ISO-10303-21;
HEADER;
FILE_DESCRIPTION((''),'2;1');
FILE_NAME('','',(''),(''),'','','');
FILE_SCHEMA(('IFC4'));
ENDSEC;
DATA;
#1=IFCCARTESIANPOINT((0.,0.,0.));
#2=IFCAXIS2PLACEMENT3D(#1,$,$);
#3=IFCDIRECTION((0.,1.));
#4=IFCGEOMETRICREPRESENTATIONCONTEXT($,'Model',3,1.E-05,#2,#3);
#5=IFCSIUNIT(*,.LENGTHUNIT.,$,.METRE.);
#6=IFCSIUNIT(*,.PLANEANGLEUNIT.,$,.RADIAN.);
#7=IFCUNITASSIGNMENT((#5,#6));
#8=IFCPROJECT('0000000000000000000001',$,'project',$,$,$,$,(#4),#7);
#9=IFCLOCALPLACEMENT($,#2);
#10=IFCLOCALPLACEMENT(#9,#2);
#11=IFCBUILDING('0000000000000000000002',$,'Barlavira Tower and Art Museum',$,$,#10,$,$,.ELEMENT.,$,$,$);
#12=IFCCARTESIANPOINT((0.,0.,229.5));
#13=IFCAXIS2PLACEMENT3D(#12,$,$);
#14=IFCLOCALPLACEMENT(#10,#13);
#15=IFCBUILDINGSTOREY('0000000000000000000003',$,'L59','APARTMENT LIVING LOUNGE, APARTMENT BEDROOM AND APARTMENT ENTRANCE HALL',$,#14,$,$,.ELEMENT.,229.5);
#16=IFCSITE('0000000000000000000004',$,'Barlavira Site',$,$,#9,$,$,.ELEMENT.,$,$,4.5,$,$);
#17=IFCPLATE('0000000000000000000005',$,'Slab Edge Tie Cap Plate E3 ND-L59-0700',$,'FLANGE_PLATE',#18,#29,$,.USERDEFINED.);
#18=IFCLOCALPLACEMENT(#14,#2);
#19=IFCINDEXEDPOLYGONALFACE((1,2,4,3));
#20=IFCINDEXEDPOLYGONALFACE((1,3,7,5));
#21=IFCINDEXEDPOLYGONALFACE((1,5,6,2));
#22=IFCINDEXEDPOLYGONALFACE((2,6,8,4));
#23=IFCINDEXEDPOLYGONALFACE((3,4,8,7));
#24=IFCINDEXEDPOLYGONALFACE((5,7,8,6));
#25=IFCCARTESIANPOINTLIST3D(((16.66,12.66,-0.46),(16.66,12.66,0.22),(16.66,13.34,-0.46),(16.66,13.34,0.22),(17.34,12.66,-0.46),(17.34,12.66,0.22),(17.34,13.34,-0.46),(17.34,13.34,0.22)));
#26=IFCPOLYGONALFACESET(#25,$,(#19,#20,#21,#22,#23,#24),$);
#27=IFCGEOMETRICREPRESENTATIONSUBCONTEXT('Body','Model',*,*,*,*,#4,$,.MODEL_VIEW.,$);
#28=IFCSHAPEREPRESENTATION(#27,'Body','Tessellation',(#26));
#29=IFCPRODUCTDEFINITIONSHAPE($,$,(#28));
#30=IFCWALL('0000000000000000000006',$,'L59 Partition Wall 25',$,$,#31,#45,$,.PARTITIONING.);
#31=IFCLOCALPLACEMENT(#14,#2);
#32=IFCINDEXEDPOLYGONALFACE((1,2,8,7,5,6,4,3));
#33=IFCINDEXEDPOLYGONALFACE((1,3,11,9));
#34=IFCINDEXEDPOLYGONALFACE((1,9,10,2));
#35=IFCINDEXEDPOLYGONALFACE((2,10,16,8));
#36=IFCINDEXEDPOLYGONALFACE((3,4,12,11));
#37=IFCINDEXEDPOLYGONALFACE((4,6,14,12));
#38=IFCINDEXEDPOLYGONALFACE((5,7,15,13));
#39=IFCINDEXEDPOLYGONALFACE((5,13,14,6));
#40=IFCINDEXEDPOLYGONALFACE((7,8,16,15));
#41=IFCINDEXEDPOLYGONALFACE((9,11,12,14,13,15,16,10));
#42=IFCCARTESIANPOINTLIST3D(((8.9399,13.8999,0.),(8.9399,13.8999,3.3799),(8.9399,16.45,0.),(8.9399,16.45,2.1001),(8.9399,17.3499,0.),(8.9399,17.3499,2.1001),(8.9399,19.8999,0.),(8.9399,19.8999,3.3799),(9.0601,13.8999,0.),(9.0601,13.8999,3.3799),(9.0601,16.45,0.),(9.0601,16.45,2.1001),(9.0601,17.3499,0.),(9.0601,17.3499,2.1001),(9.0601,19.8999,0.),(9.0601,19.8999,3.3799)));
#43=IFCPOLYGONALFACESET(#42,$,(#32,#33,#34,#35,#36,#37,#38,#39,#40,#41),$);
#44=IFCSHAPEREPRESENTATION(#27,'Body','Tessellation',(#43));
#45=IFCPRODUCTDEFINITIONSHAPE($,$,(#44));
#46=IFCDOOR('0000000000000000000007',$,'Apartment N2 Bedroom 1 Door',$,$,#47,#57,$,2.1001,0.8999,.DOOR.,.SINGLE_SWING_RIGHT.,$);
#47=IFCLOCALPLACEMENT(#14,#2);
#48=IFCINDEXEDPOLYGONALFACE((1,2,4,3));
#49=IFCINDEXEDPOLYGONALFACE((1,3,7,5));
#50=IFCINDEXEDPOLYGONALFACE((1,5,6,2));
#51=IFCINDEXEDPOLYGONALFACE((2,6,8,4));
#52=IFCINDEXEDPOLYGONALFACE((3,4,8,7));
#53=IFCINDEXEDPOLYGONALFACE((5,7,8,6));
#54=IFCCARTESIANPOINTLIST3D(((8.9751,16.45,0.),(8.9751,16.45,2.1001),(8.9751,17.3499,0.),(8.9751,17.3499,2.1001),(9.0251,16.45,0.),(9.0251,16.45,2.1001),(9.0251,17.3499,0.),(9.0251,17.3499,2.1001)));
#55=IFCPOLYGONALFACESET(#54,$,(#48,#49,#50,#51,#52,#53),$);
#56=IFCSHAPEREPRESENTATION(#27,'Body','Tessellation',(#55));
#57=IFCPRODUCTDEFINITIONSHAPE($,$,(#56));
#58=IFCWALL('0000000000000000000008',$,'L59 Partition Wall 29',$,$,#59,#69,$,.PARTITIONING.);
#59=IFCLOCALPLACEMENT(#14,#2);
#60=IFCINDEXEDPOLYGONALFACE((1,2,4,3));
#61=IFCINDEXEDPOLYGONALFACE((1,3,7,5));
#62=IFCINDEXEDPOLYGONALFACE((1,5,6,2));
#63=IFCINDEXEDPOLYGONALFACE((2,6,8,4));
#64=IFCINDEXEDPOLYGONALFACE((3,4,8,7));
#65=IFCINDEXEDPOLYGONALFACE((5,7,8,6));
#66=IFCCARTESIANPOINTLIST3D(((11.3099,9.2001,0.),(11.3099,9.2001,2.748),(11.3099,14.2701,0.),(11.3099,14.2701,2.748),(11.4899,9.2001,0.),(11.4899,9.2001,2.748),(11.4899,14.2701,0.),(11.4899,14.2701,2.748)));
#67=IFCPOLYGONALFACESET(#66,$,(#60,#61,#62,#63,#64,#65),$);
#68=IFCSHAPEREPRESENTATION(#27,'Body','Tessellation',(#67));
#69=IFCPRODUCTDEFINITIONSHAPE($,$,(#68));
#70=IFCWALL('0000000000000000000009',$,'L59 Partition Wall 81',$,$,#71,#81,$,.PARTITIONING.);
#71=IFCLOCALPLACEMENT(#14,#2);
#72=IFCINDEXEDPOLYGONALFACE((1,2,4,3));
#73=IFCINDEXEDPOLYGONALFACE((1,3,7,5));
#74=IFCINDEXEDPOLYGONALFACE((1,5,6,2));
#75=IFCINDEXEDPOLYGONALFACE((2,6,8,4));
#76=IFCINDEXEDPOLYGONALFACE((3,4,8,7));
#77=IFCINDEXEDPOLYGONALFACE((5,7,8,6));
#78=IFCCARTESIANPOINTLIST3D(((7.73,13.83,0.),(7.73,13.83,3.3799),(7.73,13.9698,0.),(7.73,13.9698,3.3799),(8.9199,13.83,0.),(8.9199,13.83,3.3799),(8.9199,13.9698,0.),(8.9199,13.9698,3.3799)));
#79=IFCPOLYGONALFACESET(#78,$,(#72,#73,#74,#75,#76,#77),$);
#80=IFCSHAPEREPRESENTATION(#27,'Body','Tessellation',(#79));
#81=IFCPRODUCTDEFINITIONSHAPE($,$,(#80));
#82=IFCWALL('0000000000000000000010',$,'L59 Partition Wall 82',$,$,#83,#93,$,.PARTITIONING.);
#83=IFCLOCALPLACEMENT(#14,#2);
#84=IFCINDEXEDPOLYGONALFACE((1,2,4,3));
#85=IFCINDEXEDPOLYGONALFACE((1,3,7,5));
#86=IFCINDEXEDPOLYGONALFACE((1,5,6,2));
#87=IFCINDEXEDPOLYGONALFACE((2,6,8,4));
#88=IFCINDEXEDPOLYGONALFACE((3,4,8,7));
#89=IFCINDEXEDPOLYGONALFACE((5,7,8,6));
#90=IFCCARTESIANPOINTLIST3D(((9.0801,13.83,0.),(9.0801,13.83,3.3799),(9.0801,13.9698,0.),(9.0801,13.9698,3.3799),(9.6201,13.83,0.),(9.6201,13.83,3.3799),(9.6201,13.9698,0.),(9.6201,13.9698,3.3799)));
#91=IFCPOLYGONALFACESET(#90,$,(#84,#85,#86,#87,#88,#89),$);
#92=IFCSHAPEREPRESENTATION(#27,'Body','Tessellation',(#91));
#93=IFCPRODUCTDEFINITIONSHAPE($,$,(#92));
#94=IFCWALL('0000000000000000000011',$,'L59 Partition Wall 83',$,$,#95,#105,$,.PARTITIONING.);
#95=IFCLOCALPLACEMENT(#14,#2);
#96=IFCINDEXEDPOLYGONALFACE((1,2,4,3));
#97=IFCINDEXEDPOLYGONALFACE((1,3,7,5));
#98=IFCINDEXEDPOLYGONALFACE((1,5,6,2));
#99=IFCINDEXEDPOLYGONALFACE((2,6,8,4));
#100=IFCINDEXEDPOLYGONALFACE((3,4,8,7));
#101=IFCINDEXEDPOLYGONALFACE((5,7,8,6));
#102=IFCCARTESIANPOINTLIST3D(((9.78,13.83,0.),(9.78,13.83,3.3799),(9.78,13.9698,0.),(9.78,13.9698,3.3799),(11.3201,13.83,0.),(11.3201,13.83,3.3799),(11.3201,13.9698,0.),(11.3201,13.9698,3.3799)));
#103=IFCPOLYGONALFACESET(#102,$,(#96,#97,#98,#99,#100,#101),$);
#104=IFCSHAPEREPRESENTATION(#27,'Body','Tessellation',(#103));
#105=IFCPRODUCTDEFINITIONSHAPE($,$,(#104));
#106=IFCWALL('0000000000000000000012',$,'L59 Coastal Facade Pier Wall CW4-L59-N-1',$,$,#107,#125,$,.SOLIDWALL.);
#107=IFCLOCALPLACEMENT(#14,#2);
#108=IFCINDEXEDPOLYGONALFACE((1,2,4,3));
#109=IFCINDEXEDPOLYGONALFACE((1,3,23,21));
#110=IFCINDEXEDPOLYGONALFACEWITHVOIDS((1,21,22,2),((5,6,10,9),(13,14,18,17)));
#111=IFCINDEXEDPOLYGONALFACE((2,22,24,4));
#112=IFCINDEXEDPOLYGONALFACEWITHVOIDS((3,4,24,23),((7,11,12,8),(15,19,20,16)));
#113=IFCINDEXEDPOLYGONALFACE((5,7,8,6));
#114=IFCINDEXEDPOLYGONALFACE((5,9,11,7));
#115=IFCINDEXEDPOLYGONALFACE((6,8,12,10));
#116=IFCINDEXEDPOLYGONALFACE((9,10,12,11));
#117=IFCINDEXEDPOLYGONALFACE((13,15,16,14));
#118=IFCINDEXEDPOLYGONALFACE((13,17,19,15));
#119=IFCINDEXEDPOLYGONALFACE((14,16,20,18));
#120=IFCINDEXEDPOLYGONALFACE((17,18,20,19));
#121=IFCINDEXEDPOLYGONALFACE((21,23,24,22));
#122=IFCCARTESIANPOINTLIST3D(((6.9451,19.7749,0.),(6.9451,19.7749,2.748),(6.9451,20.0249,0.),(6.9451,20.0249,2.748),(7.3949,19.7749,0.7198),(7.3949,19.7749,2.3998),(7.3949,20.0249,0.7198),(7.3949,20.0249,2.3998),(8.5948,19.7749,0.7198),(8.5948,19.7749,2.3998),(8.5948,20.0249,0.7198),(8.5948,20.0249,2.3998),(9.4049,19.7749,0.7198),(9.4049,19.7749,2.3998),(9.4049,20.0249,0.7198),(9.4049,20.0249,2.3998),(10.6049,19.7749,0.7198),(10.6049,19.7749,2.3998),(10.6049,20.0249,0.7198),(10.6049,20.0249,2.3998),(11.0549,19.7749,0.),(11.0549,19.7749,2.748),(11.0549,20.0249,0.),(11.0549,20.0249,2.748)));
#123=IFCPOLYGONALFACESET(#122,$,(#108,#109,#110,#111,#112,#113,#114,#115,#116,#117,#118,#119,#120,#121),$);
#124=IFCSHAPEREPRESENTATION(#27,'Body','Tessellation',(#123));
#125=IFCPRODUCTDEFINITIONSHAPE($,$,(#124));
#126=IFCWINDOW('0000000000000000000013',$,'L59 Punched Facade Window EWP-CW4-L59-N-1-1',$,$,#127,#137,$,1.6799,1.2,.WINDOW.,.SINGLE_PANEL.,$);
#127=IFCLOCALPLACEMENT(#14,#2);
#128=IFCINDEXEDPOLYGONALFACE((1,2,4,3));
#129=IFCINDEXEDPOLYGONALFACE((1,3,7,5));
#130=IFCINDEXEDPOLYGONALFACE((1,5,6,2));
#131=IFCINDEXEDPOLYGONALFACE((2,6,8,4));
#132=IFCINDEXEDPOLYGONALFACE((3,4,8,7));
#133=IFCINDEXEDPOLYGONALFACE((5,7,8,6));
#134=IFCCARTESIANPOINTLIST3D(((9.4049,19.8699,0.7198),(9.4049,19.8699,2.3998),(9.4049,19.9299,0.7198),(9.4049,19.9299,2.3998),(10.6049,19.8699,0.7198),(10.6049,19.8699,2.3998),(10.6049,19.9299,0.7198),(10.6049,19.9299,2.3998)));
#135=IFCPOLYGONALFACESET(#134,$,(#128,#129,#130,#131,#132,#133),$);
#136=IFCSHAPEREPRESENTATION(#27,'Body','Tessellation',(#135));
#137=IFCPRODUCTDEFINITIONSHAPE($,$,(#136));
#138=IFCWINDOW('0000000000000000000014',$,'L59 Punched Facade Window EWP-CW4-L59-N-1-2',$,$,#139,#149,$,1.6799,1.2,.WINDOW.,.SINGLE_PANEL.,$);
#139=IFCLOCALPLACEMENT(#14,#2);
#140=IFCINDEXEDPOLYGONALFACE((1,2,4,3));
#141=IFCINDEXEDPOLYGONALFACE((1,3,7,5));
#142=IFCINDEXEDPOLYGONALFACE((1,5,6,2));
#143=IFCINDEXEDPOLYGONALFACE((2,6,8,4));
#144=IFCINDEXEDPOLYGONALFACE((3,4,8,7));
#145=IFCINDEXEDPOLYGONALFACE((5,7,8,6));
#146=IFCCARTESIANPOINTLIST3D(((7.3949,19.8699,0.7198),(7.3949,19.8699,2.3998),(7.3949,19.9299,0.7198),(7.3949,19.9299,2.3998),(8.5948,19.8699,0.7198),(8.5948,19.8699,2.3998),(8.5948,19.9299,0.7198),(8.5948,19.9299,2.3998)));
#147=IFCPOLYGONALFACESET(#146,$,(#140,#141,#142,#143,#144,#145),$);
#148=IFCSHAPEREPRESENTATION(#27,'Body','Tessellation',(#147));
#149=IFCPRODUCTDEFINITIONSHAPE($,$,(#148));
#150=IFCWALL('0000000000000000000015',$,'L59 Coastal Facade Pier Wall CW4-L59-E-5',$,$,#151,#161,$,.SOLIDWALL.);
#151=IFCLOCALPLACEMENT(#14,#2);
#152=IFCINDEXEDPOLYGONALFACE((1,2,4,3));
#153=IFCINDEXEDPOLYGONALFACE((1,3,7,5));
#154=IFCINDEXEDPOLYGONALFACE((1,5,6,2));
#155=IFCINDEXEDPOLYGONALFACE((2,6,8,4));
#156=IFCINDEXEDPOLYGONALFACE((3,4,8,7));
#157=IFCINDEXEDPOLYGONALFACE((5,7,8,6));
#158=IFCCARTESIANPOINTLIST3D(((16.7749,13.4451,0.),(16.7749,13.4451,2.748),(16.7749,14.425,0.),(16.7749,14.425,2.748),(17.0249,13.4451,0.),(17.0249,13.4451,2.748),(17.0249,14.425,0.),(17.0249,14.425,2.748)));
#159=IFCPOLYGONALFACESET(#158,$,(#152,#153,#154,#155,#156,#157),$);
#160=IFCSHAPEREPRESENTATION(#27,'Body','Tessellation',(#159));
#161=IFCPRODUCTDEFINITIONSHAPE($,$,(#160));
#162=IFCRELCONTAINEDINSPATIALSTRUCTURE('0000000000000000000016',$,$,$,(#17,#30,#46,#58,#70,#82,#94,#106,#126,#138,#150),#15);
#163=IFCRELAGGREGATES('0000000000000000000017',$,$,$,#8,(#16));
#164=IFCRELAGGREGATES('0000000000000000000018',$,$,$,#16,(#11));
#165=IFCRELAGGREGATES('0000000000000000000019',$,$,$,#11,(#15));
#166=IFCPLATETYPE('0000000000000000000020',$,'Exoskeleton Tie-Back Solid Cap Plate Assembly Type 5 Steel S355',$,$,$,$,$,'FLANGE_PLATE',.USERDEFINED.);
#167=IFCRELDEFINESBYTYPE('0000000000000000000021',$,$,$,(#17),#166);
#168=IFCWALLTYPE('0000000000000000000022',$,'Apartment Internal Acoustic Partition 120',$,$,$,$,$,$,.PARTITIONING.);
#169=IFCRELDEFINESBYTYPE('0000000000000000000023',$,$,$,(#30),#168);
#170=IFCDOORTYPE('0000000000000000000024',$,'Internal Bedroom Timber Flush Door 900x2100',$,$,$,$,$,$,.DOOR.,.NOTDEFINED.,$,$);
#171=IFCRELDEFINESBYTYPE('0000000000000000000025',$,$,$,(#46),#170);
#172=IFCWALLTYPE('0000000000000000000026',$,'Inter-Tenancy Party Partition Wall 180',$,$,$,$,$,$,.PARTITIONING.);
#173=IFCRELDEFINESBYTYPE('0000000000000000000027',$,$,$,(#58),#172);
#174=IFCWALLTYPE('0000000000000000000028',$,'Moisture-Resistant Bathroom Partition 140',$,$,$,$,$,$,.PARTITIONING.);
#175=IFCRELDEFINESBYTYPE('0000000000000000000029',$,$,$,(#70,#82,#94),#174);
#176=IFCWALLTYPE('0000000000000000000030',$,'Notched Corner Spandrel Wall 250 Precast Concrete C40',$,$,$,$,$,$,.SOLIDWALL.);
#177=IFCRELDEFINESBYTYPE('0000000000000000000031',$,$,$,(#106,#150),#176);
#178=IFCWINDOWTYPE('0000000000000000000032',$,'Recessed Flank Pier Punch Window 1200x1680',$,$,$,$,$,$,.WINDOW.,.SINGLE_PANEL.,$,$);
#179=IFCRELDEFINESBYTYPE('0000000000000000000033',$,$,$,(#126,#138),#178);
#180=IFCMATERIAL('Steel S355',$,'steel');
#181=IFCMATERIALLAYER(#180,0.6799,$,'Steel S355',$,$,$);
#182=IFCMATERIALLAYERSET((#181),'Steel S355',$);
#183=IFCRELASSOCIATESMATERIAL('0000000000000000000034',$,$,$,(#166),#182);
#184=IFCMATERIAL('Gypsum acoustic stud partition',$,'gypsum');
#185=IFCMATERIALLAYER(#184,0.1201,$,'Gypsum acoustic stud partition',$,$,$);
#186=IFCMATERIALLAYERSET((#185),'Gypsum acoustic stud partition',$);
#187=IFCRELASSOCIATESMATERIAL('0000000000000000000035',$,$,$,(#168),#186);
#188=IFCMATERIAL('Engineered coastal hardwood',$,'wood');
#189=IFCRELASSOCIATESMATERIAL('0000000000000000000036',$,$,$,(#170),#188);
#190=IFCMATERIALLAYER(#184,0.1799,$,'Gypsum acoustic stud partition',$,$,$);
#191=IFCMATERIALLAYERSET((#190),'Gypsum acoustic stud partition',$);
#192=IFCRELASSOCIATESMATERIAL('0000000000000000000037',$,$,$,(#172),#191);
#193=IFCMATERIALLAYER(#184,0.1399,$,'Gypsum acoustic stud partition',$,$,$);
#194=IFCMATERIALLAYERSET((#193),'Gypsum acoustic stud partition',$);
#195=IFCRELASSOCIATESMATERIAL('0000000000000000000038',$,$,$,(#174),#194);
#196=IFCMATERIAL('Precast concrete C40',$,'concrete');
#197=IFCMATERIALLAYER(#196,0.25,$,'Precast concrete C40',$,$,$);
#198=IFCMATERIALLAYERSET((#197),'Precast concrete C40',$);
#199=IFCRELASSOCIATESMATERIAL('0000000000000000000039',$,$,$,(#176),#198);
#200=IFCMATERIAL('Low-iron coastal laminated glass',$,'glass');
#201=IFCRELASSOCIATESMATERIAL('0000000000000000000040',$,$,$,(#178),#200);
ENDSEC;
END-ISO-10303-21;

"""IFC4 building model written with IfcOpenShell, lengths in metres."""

from ifc_helpers import new_model, si_unit, direction, frame, frame_2d, origin, origin_2d, place, context, subcontext, project, spatial, rectangle, extrude, material, layer, layer_set, type_object, element, fill, save


model = new_model("IFC4")

# Units and contexts
model_context = context("Model", 3, precision=1e-05, world=origin(), true_north=direction((0.0, 1.0)))
body_context = subcontext(model_context, "Body", "Model", "MODEL_VIEW")
ifc_project = project(units=[si_unit("LENGTHUNIT", "METRE"), si_unit("PLANEANGLEUNIT", "RADIAN")], contexts=[model_context])

# Site, building, storey
site_placement = place(None, origin())
site = spatial("IfcSite", under=ifc_project, at=site_placement, Name="Barlavira Site", CompositionType="ELEMENT", RefElevation=4.5)
building_placement = place(site_placement, origin())
building = spatial("IfcBuilding", under=site, at=building_placement, Name="Barlavira Tower and Art Museum", CompositionType="ELEMENT")
storey_placement = place(building_placement, frame((0.0, 0.0, 229.5)))
storey = spatial("IfcBuildingStorey", under=building, at=storey_placement, Name="L59", Description="APARTMENT LIVING LOUNGE, APARTMENT BEDROOM AND APARTMENT ENTRANCE HALL", CompositionType="ELEMENT", Elevation=229.5)

# Shared definitions
ifc_material_1 = material(Name="Steel S355", Category="steel")

# Plate
ifc_layer_1 = layer(ifc_material_1, 0.6799, Name="Steel S355")
ifc_layer_set_1 = layer_set([ifc_layer_1], Name="Steel S355")
plate_type = type_object("IfcPlateType", Name="Exoskeleton Tie-Back Solid Cap Plate Assembly Type 5 Steel S355", ElementType="FLANGE_PLATE", PredefinedType="USERDEFINED", material=ifc_layer_set_1)
for number, where, z_axis, x_axis, name in (
    (1, (17.0, 13.0, -0.46), (0.0, 0.0, 1.0), (1.0, 0.0, 0.0), "Slab Edge Tie Cap Plate E3 ND-L59-0700"),
):
    element("IfcPlate", number, at=place(storey_placement, frame(where, z_axis=z_axis, x_axis=x_axis)), inside=storey, type_object=plate_type, Name=name, ObjectType="FLANGE_PLATE", PredefinedType="USERDEFINED", context=body_context, shape_type="SweptSolid", body=[
        extrude(rectangle(XDim=0.6799, YDim=0.6799, at=origin_2d()), origin(), (0.0, 0.0, 1.0), 0.6799),
    ])

# Wall, opening, door
ifc_material_2 = material(Name="Gypsum acoustic stud partition", Category="gypsum")
ifc_layer_2 = layer(ifc_material_2, 0.1201, Name="Gypsum acoustic stud partition")
ifc_layer_set_2 = layer_set([ifc_layer_2], Name="Gypsum acoustic stud partition")
wall_type_1 = type_object("IfcWallType", Name="Apartment Internal Acoustic Partition 120", PredefinedType="PARTITIONING", material=ifc_layer_set_2)
wall_1_placement = place(storey_placement, frame((9.0, 13.8999, 0.0), z_axis=(0.0, 0.0, 1.0), x_axis=(0.0, 1.0, 0.0)))
wall_1 = element("IfcWall", 2, at=wall_1_placement, inside=storey, type_object=wall_type_1, Name="L59 Partition Wall 25", PredefinedType="PARTITIONING", context=body_context, shape_type="SweptSolid", body=[
    extrude(rectangle(XDim=6.0, YDim=0.1201, at=frame_2d((3.0, 0.0))), origin(), (0.0, 0.0, 1.0), 3.3799),
])
opening_1_placement = place(wall_1_placement, frame((2.55, 0.0, 0.0)))
opening_1 = element("IfcOpeningElement", 3, at=opening_1_placement, cuts=wall_1, PredefinedType="OPENING", context=body_context, shape_type="SweptSolid", body=[
    extrude(rectangle(XDim=0.8999, YDim=2.1001, at=frame_2d((0.45, 1.05))), frame((0.0, 0.0701, 0.0), z_axis=(0.0, -1.0, 0.0), x_axis=(1.0, 0.0, 0.0)), (0.0, 0.0, 1.0), 0.1401),
])
ifc_material_3 = material(Name="Engineered coastal hardwood", Category="wood")
door_type = type_object("IfcDoorType", Name="Internal Bedroom Timber Flush Door 900x2100", OperationType="NOTDEFINED", PredefinedType="DOOR", material=ifc_material_3)
door_placement = place(opening_1_placement, origin())
door = element("IfcDoor", 4, at=door_placement, inside=storey, type_object=door_type, Name="Apartment N2 Bedroom 1 Door", OperationType="SINGLE_SWING_RIGHT", OverallHeight=2.1001, OverallWidth=0.8999, PredefinedType="DOOR", context=body_context, shape_type="SweptSolid", body=[
    extrude(rectangle(XDim=0.8999, YDim=2.1001, at=frame_2d((0.45, 1.05))), frame((0.0, 0.0249, 0.0), z_axis=(0.0, -1.0, 0.0), x_axis=(1.0, 0.0, 0.0)), (0.0, 0.0, 1.0), 0.05),
])
fill(opening_1, door)

# Walls
ifc_layer_3 = layer(ifc_material_2, 0.1799, Name="Gypsum acoustic stud partition")
ifc_layer_set_3 = layer_set([ifc_layer_3], Name="Gypsum acoustic stud partition")
wall_type_2 = type_object("IfcWallType", Name="Inter-Tenancy Party Partition Wall 180", PredefinedType="PARTITIONING", material=ifc_layer_set_3)
wall_2_placement = place(storey_placement, frame((11.3999, 9.2, 0.0), z_axis=(0.0, 0.0, 1.0), x_axis=(0.0, 1.0, 0.0)))
element("IfcWall", 5, at=wall_2_placement, inside=storey, type_object=wall_type_2, Name="L59 Partition Wall 29", PredefinedType="PARTITIONING", context=body_context, shape_type="SweptSolid", body=[
    extrude(rectangle(XDim=5.0701, YDim=0.1799, at=frame_2d((2.5352, 0.0))), origin(), (0.0, 0.0, 1.0), 2.748),
])
ifc_layer_4 = layer(ifc_material_2, 0.1399, Name="Gypsum acoustic stud partition")
ifc_layer_set_4 = layer_set([ifc_layer_4], Name="Gypsum acoustic stud partition")
wall_type_3 = type_object("IfcWallType", Name="Moisture-Resistant Bathroom Partition 140", PredefinedType="PARTITIONING", material=ifc_layer_set_4)
wall_3_placement = place(storey_placement, frame((7.73, 13.8999, 0.0), z_axis=(0.0, 0.0, 1.0), x_axis=(1.0, 0.0, 0.0)))
element("IfcWall", 6, at=wall_3_placement, inside=storey, type_object=wall_type_3, Name="L59 Partition Wall 81", PredefinedType="PARTITIONING", context=body_context, shape_type="SweptSolid", body=[
    extrude(rectangle(XDim=1.1899, YDim=0.1399, at=frame_2d((0.595, 0.0))), origin(), (0.0, 0.0, 1.0), 3.3799),
])
wall_4_placement = place(storey_placement, frame((9.0801, 13.8999, 0.0), z_axis=(0.0, 0.0, 1.0), x_axis=(1.0, 0.0, 0.0)))
element("IfcWall", 7, at=wall_4_placement, inside=storey, type_object=wall_type_3, Name="L59 Partition Wall 82", PredefinedType="PARTITIONING", context=body_context, shape_type="SweptSolid", body=[
    extrude(rectangle(XDim=0.54, YDim=0.1399, at=frame_2d((0.27, 0.0))), origin(), (0.0, 0.0, 1.0), 3.3799),
])
wall_5_placement = place(storey_placement, frame((9.78, 13.8999, 0.0), z_axis=(0.0, 0.0, 1.0), x_axis=(1.0, 0.0, 0.0)))
element("IfcWall", 8, at=wall_5_placement, inside=storey, type_object=wall_type_3, Name="L59 Partition Wall 83", PredefinedType="PARTITIONING", context=body_context, shape_type="SweptSolid", body=[
    extrude(rectangle(XDim=1.54, YDim=0.1399, at=frame_2d((0.77, 0.0))), origin(), (0.0, 0.0, 1.0), 3.3799),
])

# Wall, openings, windows
ifc_material_4 = material(Name="Precast concrete C40", Category="concrete")
ifc_layer_5 = layer(ifc_material_4, 0.25, Name="Precast concrete C40")
ifc_layer_set_5 = layer_set([ifc_layer_5], Name="Precast concrete C40")
wall_type_4 = type_object("IfcWallType", Name="Notched Corner Spandrel Wall 250 Precast Concrete C40", PredefinedType="SOLIDWALL", material=ifc_layer_set_5)
wall_6_placement = place(storey_placement, frame((11.0549, 19.8999, 0.0), z_axis=(0.0, 0.0, 1.0), x_axis=(-1.0, 0.0, 0.0)))
wall_6 = element("IfcWall", 9, at=wall_6_placement, inside=storey, type_object=wall_type_4, Name="L59 Coastal Facade Pier Wall CW4-L59-N-1", PredefinedType="SOLIDWALL", context=body_context, shape_type="SweptSolid", body=[
    extrude(rectangle(XDim=4.1099, YDim=0.25, at=frame_2d((2.0549, 0.0))), origin(), (0.0, 0.0, 1.0), 2.748),
])
opening_2_placement = place(wall_6_placement, frame((0.45, 0.0, 0.72)))
opening_2 = element("IfcOpeningElement", 10, at=opening_2_placement, cuts=wall_6, PredefinedType="OPENING", context=body_context, shape_type="SweptSolid", body=[
    extrude(rectangle(XDim=1.2, YDim=1.6799, at=frame_2d((0.6001, 0.8398))), frame((0.0, 0.135, 0.0), z_axis=(0.0, -1.0, 0.0), x_axis=(1.0, 0.0, 0.0)), (0.0, 0.0, 1.0), 0.27),
])
opening_3_placement = place(wall_6_placement, frame((2.46, 0.0, 0.72)))
opening_3 = element("IfcOpeningElement", 11, at=opening_3_placement, cuts=wall_6, PredefinedType="OPENING", context=body_context, shape_type="SweptSolid", body=[
    extrude(rectangle(XDim=1.2, YDim=1.6799, at=frame_2d((0.6001, 0.8398))), frame((0.0, 0.135, 0.0), z_axis=(0.0, -1.0, 0.0), x_axis=(1.0, 0.0, 0.0)), (0.0, 0.0, 1.0), 0.27),
])
ifc_material_5 = material(Name="Low-iron coastal laminated glass", Category="glass")
window_type_1 = type_object("IfcWindowType", Name="Recessed Flank Pier Punch Window 1200x1680", PartitioningType="SINGLE_PANEL", PredefinedType="WINDOW", material=ifc_material_5)
window_1_placement = place(opening_2_placement, origin())
window_1 = element("IfcWindow", 12, at=window_1_placement, inside=storey, type_object=window_type_1, Name="L59 Punched Facade Window EWP-CW4-L59-N-1-1", OverallHeight=1.6799, OverallWidth=1.2, PartitioningType="SINGLE_PANEL", PredefinedType="WINDOW", context=body_context, shape_type="SweptSolid", body=[
    extrude(rectangle(XDim=1.2, YDim=1.6799, at=frame_2d((0.6001, 0.8398))), frame((0.0, 0.03, 0.0), z_axis=(0.0, -1.0, 0.0), x_axis=(1.0, 0.0, 0.0)), (0.0, 0.0, 1.0), 0.0601),
])
fill(opening_2, window_1)
window_2_placement = place(opening_3_placement, origin())
window_2 = element("IfcWindow", 13, at=window_2_placement, inside=storey, type_object=window_type_1, Name="L59 Punched Facade Window EWP-CW4-L59-N-1-2", OverallHeight=1.6799, OverallWidth=1.2, PartitioningType="SINGLE_PANEL", PredefinedType="WINDOW", context=body_context, shape_type="SweptSolid", body=[
    extrude(rectangle(XDim=1.2, YDim=1.6799, at=frame_2d((0.6001, 0.8398))), frame((0.0, 0.03, 0.0), z_axis=(0.0, -1.0, 0.0), x_axis=(1.0, 0.0, 0.0)), (0.0, 0.0, 1.0), 0.0601),
])
fill(opening_3, window_2)

# Wall
wall_7_placement = place(storey_placement, frame((16.8999, 13.4451, 0.0), z_axis=(0.0, 0.0, 1.0), x_axis=(0.0, 1.0, 0.0)))
element("IfcWall", 14, at=wall_7_placement, inside=storey, type_object=wall_type_4, Name="L59 Coastal Facade Pier Wall CW4-L59-E-5", PredefinedType="SOLIDWALL", context=body_context, shape_type="SweptSolid", body=[
    extrude(rectangle(XDim=0.98, YDim=0.25, at=frame_2d((0.49, 0.0))), origin(), (0.0, 0.0, 1.0), 2.748),
])

save(model, "model.ifc")
